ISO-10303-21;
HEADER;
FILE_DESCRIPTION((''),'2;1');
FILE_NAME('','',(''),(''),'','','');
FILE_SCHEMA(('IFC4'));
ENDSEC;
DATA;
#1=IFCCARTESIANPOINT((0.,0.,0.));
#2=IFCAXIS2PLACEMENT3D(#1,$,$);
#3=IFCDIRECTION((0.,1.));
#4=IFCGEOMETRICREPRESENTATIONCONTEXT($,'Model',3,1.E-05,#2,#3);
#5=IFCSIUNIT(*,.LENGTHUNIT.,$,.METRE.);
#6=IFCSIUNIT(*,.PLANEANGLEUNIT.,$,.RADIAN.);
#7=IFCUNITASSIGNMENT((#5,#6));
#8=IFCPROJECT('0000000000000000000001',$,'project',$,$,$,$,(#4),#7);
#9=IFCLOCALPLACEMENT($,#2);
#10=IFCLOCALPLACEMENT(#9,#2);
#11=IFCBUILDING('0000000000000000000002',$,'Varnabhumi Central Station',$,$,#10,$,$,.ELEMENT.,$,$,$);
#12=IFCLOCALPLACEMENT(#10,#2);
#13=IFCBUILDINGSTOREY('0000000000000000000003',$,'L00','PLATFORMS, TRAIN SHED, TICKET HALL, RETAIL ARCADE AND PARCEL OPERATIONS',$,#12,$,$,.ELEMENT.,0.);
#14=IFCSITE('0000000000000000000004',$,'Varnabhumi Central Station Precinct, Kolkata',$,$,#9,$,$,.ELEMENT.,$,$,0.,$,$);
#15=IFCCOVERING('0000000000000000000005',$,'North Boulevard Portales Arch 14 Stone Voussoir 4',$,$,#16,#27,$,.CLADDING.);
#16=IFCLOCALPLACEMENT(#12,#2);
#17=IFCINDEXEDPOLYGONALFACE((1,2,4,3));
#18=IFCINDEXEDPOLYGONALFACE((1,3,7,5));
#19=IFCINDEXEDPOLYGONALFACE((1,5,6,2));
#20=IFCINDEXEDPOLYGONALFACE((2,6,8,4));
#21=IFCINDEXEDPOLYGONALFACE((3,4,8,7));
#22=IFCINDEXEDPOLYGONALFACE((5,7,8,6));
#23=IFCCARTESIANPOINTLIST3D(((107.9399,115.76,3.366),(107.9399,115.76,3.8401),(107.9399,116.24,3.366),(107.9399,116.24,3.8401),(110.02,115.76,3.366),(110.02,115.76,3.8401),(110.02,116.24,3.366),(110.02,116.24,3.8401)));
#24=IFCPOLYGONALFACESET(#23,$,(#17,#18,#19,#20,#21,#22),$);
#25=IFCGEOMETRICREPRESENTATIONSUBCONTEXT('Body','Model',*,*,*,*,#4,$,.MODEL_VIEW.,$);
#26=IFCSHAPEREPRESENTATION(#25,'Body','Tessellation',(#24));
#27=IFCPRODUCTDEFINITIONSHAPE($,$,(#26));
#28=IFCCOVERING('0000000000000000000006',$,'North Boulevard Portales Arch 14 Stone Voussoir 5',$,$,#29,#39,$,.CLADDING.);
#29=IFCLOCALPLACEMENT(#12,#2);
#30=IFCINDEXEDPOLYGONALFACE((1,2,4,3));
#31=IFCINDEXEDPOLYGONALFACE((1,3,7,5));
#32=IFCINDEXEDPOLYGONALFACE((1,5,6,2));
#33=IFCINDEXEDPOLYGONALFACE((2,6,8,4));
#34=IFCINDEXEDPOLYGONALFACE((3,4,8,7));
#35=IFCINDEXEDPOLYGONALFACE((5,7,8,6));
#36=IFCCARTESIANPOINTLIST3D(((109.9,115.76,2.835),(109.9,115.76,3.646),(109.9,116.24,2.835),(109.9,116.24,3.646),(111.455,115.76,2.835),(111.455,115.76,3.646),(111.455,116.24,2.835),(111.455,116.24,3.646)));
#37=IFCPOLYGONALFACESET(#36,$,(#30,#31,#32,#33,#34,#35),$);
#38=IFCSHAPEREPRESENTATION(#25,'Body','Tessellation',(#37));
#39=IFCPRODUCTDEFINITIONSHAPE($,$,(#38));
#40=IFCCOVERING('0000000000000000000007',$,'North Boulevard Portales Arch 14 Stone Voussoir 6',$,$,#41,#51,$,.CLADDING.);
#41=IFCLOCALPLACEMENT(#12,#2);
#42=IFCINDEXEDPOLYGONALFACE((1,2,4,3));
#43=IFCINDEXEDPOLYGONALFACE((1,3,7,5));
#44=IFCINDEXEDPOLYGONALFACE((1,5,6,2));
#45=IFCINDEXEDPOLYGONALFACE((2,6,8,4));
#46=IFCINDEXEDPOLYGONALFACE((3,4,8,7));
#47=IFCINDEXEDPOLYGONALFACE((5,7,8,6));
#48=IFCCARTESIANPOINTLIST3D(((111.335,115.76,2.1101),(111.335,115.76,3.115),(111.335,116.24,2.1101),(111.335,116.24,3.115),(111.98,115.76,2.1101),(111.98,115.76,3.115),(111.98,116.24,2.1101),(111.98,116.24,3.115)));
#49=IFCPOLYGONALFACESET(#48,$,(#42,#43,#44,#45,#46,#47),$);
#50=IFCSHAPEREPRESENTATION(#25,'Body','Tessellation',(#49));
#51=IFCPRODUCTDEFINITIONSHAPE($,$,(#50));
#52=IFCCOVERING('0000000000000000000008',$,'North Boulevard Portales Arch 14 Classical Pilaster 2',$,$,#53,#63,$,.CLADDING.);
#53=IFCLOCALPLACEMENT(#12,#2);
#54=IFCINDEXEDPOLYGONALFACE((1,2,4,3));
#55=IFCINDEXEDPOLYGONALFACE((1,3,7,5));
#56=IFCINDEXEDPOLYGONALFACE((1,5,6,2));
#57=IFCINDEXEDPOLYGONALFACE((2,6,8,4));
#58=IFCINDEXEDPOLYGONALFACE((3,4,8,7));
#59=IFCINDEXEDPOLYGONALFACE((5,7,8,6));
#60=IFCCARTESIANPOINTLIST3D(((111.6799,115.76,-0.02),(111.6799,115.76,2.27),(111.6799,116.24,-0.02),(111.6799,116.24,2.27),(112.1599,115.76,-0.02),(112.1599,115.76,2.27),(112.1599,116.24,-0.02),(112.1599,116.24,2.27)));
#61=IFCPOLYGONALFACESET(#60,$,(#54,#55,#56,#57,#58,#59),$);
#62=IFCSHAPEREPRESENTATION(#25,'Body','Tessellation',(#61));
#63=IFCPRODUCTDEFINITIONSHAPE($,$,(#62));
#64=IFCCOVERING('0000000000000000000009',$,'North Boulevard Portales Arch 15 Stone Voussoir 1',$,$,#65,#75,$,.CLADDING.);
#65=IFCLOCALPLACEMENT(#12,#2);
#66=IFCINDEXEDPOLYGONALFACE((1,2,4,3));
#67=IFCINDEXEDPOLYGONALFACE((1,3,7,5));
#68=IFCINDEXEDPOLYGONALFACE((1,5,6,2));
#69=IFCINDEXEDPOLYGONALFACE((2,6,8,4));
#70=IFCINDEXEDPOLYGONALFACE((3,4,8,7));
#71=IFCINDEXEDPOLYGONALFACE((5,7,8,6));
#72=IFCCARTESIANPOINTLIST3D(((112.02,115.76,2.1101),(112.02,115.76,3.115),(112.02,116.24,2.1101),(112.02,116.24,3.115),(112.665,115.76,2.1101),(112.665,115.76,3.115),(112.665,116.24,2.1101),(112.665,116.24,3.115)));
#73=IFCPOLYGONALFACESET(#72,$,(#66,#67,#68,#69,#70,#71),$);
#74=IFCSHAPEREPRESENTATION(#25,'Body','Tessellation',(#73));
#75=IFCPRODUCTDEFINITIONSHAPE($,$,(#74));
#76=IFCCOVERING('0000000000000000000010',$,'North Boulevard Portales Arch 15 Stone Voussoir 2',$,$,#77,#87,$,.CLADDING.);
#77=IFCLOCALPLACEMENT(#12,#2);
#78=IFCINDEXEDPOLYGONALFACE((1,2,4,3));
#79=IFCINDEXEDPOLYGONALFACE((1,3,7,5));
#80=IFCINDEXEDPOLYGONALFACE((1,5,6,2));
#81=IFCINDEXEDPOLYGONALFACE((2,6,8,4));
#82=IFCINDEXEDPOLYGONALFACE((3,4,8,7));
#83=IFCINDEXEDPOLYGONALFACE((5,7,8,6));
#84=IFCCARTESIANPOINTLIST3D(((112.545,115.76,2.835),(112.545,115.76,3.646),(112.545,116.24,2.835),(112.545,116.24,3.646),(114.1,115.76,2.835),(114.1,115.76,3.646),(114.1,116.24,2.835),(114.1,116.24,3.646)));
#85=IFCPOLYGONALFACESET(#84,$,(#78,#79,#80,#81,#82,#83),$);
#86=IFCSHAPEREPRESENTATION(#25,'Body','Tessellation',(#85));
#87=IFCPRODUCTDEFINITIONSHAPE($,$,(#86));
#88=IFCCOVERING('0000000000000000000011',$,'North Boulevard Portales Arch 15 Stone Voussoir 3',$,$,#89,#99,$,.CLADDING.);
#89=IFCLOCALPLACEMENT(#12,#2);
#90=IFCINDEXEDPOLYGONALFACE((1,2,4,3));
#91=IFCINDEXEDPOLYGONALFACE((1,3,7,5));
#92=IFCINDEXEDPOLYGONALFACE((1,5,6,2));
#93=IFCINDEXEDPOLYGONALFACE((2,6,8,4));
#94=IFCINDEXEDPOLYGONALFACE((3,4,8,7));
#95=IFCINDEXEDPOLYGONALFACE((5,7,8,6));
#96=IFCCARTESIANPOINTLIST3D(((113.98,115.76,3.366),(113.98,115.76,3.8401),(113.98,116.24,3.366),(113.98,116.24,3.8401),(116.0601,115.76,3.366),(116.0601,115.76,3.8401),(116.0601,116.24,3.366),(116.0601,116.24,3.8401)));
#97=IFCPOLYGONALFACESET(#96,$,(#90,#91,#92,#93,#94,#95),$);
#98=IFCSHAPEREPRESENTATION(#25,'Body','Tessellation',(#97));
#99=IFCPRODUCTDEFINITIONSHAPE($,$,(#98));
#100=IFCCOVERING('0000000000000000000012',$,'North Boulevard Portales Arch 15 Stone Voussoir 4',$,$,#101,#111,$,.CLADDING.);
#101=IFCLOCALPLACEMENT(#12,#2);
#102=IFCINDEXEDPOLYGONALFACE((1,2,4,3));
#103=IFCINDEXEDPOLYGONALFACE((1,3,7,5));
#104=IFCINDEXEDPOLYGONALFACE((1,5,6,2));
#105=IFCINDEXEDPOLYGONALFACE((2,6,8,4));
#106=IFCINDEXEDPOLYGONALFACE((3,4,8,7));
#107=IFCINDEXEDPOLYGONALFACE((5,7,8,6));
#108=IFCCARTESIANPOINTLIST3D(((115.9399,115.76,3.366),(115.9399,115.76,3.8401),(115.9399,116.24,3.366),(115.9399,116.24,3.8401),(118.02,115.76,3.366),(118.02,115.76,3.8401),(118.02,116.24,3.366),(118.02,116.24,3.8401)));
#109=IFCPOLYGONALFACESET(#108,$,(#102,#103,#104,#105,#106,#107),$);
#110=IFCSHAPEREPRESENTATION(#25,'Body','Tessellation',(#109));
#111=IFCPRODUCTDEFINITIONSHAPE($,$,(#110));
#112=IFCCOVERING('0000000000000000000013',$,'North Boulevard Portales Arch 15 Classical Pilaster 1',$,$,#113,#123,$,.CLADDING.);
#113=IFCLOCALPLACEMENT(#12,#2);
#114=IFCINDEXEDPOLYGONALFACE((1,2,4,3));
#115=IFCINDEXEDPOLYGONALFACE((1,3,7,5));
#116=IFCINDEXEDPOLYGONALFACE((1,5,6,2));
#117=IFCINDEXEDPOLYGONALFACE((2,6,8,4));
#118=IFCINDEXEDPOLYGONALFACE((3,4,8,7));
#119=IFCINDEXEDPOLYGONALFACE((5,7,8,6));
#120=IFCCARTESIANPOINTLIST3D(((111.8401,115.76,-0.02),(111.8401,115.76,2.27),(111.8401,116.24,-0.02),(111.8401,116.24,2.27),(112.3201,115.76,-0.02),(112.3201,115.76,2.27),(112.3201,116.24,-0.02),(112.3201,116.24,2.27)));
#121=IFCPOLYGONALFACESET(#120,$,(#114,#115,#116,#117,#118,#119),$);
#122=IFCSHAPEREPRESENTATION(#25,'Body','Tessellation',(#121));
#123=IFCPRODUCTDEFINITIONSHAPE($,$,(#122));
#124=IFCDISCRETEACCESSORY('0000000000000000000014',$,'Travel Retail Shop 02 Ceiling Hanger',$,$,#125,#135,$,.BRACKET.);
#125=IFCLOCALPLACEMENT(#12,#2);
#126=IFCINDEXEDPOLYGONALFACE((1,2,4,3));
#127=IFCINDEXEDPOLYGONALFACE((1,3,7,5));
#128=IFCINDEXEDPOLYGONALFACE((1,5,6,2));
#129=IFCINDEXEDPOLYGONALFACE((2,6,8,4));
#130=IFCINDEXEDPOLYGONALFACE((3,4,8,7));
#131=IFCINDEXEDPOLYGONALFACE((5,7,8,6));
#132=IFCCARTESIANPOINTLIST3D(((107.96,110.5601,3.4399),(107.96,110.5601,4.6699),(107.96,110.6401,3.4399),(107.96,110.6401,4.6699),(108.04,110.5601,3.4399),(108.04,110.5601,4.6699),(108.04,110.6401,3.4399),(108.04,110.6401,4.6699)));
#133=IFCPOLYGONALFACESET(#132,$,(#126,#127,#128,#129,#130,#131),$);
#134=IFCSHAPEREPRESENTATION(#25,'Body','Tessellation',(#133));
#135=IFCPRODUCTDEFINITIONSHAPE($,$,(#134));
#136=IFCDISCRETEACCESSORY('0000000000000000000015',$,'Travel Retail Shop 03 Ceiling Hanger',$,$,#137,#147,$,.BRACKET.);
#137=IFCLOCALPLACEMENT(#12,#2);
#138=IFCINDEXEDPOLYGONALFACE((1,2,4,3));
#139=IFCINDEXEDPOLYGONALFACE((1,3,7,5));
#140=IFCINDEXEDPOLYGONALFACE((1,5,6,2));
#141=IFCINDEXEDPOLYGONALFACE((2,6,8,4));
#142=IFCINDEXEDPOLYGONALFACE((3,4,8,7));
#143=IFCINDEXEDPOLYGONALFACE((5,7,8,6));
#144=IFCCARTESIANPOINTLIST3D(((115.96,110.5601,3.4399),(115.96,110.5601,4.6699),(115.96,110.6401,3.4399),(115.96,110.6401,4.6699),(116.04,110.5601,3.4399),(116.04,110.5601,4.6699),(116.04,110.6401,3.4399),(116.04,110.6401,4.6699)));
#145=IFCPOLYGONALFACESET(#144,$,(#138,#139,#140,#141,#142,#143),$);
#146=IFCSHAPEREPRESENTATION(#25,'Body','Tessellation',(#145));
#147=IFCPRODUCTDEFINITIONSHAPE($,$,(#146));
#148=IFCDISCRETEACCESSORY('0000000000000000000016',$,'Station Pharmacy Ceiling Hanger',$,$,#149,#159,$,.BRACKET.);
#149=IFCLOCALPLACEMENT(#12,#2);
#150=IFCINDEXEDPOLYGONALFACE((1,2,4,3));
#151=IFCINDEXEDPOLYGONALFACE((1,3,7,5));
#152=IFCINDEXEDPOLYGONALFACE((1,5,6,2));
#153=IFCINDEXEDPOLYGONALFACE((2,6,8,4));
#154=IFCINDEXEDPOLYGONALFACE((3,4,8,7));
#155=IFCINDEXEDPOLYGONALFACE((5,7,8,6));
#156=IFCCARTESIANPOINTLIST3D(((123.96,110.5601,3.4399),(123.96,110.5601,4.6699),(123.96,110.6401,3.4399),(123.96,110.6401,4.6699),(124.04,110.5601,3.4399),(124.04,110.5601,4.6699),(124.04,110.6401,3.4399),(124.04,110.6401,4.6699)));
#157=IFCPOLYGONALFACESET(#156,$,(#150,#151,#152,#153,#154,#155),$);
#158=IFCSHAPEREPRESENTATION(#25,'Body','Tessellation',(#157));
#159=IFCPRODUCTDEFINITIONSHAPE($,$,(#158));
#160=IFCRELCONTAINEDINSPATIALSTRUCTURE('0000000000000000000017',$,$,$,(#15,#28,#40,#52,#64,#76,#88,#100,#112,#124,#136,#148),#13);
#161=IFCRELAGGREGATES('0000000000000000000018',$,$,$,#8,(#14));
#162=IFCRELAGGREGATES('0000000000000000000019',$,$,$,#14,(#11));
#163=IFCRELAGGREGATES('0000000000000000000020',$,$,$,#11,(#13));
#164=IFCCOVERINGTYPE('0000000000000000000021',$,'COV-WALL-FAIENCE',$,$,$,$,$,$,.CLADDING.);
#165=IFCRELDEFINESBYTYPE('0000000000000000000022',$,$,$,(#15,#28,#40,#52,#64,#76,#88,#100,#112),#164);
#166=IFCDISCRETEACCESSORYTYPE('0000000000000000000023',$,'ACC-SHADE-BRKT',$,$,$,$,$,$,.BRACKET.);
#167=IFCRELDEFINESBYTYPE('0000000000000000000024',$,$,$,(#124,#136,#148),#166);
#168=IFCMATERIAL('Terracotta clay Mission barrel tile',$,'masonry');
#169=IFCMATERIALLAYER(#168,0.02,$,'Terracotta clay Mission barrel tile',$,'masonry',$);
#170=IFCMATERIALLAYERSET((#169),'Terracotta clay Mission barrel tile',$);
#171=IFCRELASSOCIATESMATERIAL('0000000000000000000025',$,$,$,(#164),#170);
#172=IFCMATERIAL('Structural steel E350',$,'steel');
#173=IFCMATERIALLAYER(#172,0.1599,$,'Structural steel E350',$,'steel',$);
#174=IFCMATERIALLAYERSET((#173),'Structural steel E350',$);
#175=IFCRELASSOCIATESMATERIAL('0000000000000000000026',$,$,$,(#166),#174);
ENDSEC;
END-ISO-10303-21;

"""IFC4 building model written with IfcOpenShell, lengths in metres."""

from ifc_helpers import new_model, si_unit, direction, frame, origin, origin_2d, place, context, subcontext, project, spatial, rectangle, extrude, material, layer, layer_set, type_object, element, save


model = new_model("IFC4")

# Units and contexts
model_context = context("Model", 3, precision=1e-05, world=origin(), true_north=direction((0.0, 1.0)))
body_context = subcontext(model_context, "Body", "Model", "MODEL_VIEW")
ifc_project = project(units=[si_unit("LENGTHUNIT", "METRE"), si_unit("PLANEANGLEUNIT", "RADIAN")], contexts=[model_context])

# Site, building, storey
site_placement = place(None, origin())
site = spatial("IfcSite", under=ifc_project, at=site_placement, Name="Varnabhumi Central Station Precinct, Kolkata", CompositionType="ELEMENT", RefElevation=0.0)
building_placement = place(site_placement, origin())
building = spatial("IfcBuilding", under=site, at=building_placement, Name="Varnabhumi Central Station", CompositionType="ELEMENT")
storey_placement = place(building_placement, origin())
storey = spatial("IfcBuildingStorey", under=building, at=storey_placement, Name="L00", Description="PLATFORMS, TRAIN SHED, TICKET HALL, RETAIL ARCADE AND PARCEL OPERATIONS", CompositionType="ELEMENT", Elevation=0.0)

# Coverings
ifc_material_1 = material(Name="Terracotta clay Mission barrel tile", Category="masonry")
ifc_layer_1 = layer(ifc_material_1, 0.02, Name="Terracotta clay Mission barrel tile", Category="masonry")
ifc_layer_set_1 = layer_set([ifc_layer_1], Name="Terracotta clay Mission barrel tile")
covering_type = type_object("IfcCoveringType", Name="COV-WALL-FAIENCE", PredefinedType="CLADDING", material=ifc_layer_set_1)
for number, where, z_axis, x_axis, name in (
    (1, (108.98, 116.0, 3.366), (0.0, 0.0, 1.0), (1.0, 0.0, 0.0), "North Boulevard Portales Arch 14 Stone Voussoir 4"),
):
    element("IfcCovering", number, at=place(storey_placement, frame(where, z_axis=z_axis, x_axis=x_axis)), inside=storey, type_object=covering_type, Name=name, PredefinedType="CLADDING", context=body_context, shape_type="SweptSolid", body=[
        extrude(rectangle(XDim=2.0801, YDim=0.48, at=origin_2d()), origin(), (0.0, 0.0, 1.0), 0.4741),
    ])
covering_1_placement = place(storey_placement, frame((110.6775, 116.0, 2.835), z_axis=(0.0, 0.0, 1.0), x_axis=(1.0, 0.0, 0.0)))
element("IfcCovering", 2, at=covering_1_placement, inside=storey, type_object=covering_type, Name="North Boulevard Portales Arch 14 Stone Voussoir 5", PredefinedType="CLADDING", context=body_context, shape_type="SweptSolid", body=[
    extrude(rectangle(XDim=1.5549, YDim=0.48, at=origin_2d()), origin(), (0.0, 0.0, 1.0), 0.811),
])
covering_2_placement = place(storey_placement, frame((111.6575, 116.0, 2.1101), z_axis=(0.0, 0.0, 1.0), x_axis=(1.0, 0.0, 0.0)))
element("IfcCovering", 3, at=covering_2_placement, inside=storey, type_object=covering_type, Name="North Boulevard Portales Arch 14 Stone Voussoir 6", PredefinedType="CLADDING", context=body_context, shape_type="SweptSolid", body=[
    extrude(rectangle(XDim=0.645, YDim=0.48, at=origin_2d()), origin(), (0.0, 0.0, 1.0), 1.0049),
])
covering_3_placement = place(storey_placement, frame((111.9199, 116.0, -0.02), z_axis=(0.0, 0.0, 1.0), x_axis=(1.0, 0.0, 0.0)))
element("IfcCovering", 4, at=covering_3_placement, inside=storey, type_object=covering_type, Name="North Boulevard Portales Arch 14 Classical Pilaster 2", PredefinedType="CLADDING", context=body_context, shape_type="SweptSolid", body=[
    extrude(rectangle(XDim=0.48, YDim=0.48, at=origin_2d()), origin(), (0.0, 0.0, 1.0), 2.29),
])
covering_4_placement = place(storey_placement, frame((112.3425, 116.0, 2.1101), z_axis=(0.0, 0.0, 1.0), x_axis=(1.0, 0.0, 0.0)))
element("IfcCovering", 5, at=covering_4_placement, inside=storey, type_object=covering_type, Name="North Boulevard Portales Arch 15 Stone Voussoir 1", PredefinedType="CLADDING", context=body_context, shape_type="SweptSolid", body=[
    extrude(rectangle(XDim=0.645, YDim=0.48, at=origin_2d()), origin(), (0.0, 0.0, 1.0), 1.0049),
])
covering_5_placement = place(storey_placement, frame((113.3225, 116.0, 2.835), z_axis=(0.0, 0.0, 1.0), x_axis=(1.0, 0.0, 0.0)))
element("IfcCovering", 6, at=covering_5_placement, inside=storey, type_object=covering_type, Name="North Boulevard Portales Arch 15 Stone Voussoir 2", PredefinedType="CLADDING", context=body_context, shape_type="SweptSolid", body=[
    extrude(rectangle(XDim=1.5549, YDim=0.48, at=origin_2d()), origin(), (0.0, 0.0, 1.0), 0.811),
])
for number, where, z_axis, x_axis, name in (
    (7, (115.02, 116.0, 3.366), (0.0, 0.0, 1.0), (1.0, 0.0, 0.0), "North Boulevard Portales Arch 15 Stone Voussoir 3"),
    (8, (116.98, 116.0, 3.366), (0.0, 0.0, 1.0), (1.0, 0.0, 0.0), "North Boulevard Portales Arch 15 Stone Voussoir 4"),
):
    element("IfcCovering", number, at=place(storey_placement, frame(where, z_axis=z_axis, x_axis=x_axis)), inside=storey, type_object=covering_type, Name=name, PredefinedType="CLADDING", context=body_context, shape_type="SweptSolid", body=[
        extrude(rectangle(XDim=2.0801, YDim=0.48, at=origin_2d()), origin(), (0.0, 0.0, 1.0), 0.4741),
    ])
covering_6_placement = place(storey_placement, frame((112.0801, 116.0, -0.02), z_axis=(0.0, 0.0, 1.0), x_axis=(1.0, 0.0, 0.0)))
element("IfcCovering", 9, at=covering_6_placement, inside=storey, type_object=covering_type, Name="North Boulevard Portales Arch 15 Classical Pilaster 1", PredefinedType="CLADDING", context=body_context, shape_type="SweptSolid", body=[
    extrude(rectangle(XDim=0.48, YDim=0.48, at=origin_2d()), origin(), (0.0, 0.0, 1.0), 2.29),
])

# Discrete accessories
ifc_material_2 = material(Name="Structural steel E350", Category="steel")
ifc_layer_2 = layer(ifc_material_2, 0.1599, Name="Structural steel E350", Category="steel")
ifc_layer_set_2 = layer_set([ifc_layer_2], Name="Structural steel E350")
discrete_accessory_type = type_object("IfcDiscreteAccessoryType", Name="ACC-SHADE-BRKT", PredefinedType="BRACKET", material=ifc_layer_set_2)
for number, where, z_axis, x_axis, name in (
    (10, (108.0, 110.6001, 3.4399), (0.0, 0.0, 1.0), (1.0, 0.0, 0.0), "Travel Retail Shop 02 Ceiling Hanger"),
    (11, (116.0, 110.6001, 3.4399), (0.0, 0.0, 1.0), (1.0, 0.0, 0.0), "Travel Retail Shop 03 Ceiling Hanger"),
    (12, (124.0, 110.6001, 3.4399), (0.0, 0.0, 1.0), (1.0, 0.0, 0.0), "Station Pharmacy Ceiling Hanger"),
):
    element("IfcDiscreteAccessory", number, at=place(storey_placement, frame(where, z_axis=z_axis, x_axis=x_axis)), inside=storey, type_object=discrete_accessory_type, Name=name, PredefinedType="BRACKET", context=body_context, shape_type="SweptSolid", body=[
        extrude(rectangle(XDim=0.0801, YDim=0.0801, at=origin_2d()), origin(), (0.0, 0.0, 1.0), 1.23),
    ])

save(model, "model.ifc")
